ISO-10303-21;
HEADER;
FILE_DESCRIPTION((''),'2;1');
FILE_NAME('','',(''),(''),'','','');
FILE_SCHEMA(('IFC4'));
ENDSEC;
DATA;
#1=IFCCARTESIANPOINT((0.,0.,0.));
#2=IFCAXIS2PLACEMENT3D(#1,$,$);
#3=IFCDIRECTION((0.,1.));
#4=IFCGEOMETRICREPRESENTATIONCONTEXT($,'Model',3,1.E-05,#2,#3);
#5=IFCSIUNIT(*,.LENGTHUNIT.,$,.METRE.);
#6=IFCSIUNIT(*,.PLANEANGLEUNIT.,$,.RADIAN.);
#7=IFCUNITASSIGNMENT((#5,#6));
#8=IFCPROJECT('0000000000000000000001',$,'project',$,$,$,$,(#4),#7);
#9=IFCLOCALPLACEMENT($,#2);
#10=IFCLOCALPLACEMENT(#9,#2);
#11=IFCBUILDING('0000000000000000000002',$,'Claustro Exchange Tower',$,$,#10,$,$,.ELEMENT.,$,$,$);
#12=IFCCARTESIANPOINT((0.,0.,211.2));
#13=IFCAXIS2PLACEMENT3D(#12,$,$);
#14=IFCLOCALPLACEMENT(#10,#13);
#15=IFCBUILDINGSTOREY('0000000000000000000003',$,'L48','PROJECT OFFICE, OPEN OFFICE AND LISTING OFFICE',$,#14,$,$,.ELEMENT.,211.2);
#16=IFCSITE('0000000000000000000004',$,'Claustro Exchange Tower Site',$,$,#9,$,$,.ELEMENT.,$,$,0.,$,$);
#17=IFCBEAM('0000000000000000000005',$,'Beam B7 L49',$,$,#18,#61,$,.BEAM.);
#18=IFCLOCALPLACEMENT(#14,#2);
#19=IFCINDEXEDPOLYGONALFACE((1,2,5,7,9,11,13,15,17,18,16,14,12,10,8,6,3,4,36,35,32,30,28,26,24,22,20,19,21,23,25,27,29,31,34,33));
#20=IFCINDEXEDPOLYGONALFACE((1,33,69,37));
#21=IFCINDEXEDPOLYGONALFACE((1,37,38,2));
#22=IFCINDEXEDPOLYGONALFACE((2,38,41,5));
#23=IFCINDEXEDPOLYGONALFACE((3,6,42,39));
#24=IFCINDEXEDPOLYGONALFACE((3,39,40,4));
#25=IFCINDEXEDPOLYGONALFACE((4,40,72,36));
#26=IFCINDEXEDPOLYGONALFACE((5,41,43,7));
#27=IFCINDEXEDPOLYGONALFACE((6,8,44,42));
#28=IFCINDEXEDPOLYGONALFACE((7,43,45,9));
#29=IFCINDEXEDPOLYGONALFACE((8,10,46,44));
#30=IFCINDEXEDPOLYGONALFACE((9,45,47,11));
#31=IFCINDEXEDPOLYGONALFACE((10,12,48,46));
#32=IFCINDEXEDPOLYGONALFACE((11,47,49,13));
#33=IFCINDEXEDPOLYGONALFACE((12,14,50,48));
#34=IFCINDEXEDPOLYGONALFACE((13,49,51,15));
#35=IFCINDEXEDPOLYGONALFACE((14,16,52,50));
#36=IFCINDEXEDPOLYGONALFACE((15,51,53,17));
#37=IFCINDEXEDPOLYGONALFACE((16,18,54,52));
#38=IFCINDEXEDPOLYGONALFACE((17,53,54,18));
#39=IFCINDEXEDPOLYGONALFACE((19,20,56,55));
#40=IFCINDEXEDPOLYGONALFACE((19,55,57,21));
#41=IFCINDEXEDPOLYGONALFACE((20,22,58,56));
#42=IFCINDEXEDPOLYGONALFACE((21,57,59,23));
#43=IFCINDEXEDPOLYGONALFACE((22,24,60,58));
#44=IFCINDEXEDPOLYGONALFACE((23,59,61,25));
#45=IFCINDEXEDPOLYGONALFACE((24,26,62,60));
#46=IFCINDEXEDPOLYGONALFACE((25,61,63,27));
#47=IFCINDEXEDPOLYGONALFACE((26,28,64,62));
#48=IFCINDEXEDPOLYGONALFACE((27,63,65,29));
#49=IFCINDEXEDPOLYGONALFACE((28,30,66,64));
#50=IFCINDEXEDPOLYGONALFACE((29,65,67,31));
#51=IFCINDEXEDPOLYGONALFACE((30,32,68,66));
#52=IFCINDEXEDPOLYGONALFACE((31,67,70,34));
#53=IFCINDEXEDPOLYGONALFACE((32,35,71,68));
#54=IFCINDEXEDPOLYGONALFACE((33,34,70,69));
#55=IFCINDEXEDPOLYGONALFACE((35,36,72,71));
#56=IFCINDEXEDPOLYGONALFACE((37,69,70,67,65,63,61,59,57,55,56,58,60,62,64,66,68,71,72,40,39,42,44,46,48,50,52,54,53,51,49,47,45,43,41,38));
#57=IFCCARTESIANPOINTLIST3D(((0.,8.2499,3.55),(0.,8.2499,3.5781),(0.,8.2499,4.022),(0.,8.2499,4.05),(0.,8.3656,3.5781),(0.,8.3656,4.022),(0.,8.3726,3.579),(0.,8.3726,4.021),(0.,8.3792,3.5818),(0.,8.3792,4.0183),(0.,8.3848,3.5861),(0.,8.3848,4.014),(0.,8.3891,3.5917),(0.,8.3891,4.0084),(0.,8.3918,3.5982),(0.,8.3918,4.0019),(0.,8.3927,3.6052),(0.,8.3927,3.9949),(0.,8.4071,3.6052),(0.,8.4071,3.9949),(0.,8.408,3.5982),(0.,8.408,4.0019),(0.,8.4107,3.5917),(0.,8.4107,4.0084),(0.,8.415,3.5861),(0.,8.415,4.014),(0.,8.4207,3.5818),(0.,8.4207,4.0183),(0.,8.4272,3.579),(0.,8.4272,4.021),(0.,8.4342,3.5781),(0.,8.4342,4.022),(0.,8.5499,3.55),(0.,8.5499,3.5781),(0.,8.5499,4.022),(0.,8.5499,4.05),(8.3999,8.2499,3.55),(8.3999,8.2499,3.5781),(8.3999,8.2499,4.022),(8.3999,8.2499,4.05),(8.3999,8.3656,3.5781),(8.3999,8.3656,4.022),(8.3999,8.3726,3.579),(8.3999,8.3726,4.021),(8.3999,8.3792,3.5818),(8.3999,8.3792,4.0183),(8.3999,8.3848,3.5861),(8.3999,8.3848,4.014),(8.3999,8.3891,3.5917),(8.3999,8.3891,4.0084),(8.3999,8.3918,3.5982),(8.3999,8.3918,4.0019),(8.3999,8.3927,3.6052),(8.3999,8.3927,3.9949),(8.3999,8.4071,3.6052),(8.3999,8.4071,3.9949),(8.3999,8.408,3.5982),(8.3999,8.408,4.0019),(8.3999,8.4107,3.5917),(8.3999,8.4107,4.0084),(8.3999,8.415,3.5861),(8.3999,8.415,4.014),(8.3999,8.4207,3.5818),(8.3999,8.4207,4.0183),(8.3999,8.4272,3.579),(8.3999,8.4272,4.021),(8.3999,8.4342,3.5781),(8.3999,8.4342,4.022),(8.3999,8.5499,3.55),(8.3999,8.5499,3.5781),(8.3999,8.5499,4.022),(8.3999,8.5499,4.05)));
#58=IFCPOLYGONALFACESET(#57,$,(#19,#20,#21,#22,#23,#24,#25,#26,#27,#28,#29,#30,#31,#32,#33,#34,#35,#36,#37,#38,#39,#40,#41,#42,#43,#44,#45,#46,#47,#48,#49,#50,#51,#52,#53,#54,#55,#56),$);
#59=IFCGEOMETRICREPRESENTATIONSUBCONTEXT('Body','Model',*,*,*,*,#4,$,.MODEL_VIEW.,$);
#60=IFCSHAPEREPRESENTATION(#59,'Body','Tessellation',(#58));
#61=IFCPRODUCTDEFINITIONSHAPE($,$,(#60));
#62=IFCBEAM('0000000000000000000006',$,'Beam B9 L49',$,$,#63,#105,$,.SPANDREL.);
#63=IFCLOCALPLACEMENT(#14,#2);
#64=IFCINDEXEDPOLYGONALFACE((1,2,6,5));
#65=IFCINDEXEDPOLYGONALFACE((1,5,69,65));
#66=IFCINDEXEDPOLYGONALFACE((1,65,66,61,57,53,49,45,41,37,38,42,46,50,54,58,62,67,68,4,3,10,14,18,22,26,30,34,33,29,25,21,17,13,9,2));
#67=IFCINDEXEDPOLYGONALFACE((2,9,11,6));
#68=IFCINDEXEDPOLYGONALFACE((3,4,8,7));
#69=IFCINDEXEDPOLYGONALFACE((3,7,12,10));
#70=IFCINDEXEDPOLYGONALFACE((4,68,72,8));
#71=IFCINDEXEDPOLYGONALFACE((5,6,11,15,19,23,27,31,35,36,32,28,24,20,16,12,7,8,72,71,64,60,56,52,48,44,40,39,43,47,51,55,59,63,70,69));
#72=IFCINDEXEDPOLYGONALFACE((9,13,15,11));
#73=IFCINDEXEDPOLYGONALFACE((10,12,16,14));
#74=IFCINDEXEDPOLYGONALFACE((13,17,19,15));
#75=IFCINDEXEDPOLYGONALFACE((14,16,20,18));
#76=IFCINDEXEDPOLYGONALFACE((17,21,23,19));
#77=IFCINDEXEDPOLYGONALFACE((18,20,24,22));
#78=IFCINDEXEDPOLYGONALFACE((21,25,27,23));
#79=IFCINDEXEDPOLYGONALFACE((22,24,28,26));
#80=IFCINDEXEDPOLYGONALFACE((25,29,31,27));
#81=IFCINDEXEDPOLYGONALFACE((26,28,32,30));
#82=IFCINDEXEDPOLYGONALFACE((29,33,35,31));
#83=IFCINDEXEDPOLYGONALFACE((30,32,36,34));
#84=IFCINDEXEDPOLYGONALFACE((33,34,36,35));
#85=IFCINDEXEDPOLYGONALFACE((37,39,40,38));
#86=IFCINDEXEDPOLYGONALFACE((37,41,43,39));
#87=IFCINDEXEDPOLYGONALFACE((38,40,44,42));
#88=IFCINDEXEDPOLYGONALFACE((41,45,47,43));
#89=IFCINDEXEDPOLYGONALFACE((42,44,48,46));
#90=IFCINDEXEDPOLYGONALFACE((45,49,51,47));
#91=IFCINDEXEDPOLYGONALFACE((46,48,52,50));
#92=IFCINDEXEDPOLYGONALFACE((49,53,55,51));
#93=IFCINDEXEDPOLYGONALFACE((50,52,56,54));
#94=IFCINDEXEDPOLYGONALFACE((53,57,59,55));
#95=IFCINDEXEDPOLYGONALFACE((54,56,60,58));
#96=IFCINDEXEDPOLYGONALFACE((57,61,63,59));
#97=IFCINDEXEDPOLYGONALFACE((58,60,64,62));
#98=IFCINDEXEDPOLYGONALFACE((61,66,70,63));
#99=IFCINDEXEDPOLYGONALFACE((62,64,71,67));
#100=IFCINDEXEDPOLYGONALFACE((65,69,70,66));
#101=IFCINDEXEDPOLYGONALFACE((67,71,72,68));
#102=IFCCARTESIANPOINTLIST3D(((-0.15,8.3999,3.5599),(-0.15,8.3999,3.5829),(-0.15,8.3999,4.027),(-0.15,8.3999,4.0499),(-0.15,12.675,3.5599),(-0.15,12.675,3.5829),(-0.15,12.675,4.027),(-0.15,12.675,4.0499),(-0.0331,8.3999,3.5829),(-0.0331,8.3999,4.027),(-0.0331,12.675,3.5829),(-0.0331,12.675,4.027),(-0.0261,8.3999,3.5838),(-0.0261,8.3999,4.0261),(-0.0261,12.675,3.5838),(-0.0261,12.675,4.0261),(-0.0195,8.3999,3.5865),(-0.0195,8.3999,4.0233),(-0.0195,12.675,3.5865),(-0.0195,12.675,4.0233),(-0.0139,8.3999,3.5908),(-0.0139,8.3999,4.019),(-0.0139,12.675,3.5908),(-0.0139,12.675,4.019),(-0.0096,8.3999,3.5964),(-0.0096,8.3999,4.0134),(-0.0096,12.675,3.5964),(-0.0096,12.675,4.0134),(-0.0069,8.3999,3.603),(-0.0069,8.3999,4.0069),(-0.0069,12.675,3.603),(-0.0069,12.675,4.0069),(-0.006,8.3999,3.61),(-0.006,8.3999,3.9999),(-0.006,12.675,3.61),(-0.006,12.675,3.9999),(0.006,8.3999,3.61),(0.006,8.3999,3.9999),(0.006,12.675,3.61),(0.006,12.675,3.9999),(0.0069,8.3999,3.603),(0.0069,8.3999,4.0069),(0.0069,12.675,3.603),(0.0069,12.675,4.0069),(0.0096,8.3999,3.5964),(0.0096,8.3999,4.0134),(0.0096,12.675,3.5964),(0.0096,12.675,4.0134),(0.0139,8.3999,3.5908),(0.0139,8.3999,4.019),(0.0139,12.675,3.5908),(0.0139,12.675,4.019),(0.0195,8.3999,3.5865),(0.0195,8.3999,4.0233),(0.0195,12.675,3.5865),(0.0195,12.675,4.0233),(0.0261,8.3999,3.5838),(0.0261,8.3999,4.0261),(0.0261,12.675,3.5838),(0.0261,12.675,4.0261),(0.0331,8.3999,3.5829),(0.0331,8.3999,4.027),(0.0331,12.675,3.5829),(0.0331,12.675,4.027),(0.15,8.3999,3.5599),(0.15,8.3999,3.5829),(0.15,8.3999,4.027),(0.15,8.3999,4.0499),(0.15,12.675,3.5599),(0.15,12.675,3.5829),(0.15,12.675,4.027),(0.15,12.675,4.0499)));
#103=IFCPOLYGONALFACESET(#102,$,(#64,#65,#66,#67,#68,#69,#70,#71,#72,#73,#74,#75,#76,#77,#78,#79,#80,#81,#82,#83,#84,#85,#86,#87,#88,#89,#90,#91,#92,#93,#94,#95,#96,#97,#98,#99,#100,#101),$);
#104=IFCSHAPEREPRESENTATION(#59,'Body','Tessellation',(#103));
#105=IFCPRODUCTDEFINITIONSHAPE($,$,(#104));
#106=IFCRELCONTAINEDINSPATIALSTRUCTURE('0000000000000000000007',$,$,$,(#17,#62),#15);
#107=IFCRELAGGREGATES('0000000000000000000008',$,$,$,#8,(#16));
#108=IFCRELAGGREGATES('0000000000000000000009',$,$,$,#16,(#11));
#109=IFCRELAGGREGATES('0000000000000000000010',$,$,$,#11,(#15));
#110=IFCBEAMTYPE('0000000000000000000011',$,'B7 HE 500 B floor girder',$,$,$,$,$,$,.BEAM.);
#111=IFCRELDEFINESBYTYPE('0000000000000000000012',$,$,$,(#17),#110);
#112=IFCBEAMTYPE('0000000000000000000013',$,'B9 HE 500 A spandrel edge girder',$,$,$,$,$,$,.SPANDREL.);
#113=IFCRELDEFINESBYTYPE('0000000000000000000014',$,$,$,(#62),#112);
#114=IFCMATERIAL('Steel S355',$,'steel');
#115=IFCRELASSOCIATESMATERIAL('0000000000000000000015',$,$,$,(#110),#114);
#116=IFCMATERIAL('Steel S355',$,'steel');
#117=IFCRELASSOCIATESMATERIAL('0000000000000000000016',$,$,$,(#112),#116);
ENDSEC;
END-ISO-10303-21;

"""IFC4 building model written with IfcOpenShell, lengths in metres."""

from ifc_helpers import new_model, si_unit, direction, frame, origin, origin_2d, place, context, subcontext, project, spatial, i_section, extrude, material, material_profile, profile_set, type_object, element, save


model = new_model("IFC4")

# Units and contexts
model_context = context("Model", 3, precision=1e-05, world=origin(), true_north=direction((0.0, 1.0)))
body_context = subcontext(model_context, "Body", "Model", "MODEL_VIEW")
ifc_project = project(units=[si_unit("LENGTHUNIT", "METRE"), si_unit("PLANEANGLEUNIT", "RADIAN")], contexts=[model_context])

# Site, building, storey
site_placement = place(None, origin())
site = spatial("IfcSite", under=ifc_project, at=site_placement, Name="Claustro Exchange Tower Site", CompositionType="ELEMENT", RefElevation=0.0)
building_placement = place(site_placement, origin())
building = spatial("IfcBuilding", under=site, at=building_placement, Name="Claustro Exchange Tower", CompositionType="ELEMENT")
storey_placement = place(building_placement, frame((0.0, 0.0, 211.2)))
storey = spatial("IfcBuildingStorey", under=building, at=storey_placement, Name="L48", Description="PROJECT OFFICE, OPEN OFFICE AND LISTING OFFICE", CompositionType="ELEMENT", Elevation=211.2)

# Beams
ifc_material_1 = material(Name="Steel S355", Category="steel")
ifc_material_profile_1 = material_profile(ifc_material_1, i_section(OverallWidth=0.3, OverallDepth=0.5, WebThickness=0.0144, FlangeThickness=0.0281, FilletRadius=0.0271, at=origin_2d()), Name="HE 500 B")
ifc_profile_set_1 = profile_set([ifc_material_profile_1], Name="Steel S355")
beam_type_1 = type_object("IfcBeamType", Name="B7 HE 500 B floor girder", PredefinedType="BEAM", material=ifc_profile_set_1)
beam_1_placement = place(storey_placement, frame((0.0, 8.3999, 3.8), z_axis=(1.0, 0.0, 0.0), x_axis=(0.0, 1.0, 0.0)))
element("IfcBeam", 1, at=beam_1_placement, inside=storey, type_object=beam_type_1, Name="Beam B7 L49", PredefinedType="BEAM", context=body_context, shape_type="SweptSolid", body=[
    extrude(i_section(OverallWidth=0.3, OverallDepth=0.5, WebThickness=0.0144, FlangeThickness=0.0281, FilletRadius=0.0271, at=origin_2d()), origin(), (0.0, 0.0, 1.0), 8.3999),
])
ifc_material_2 = material(Name="Steel S355", Category="steel")
ifc_material_profile_2 = material_profile(ifc_material_2, i_section(OverallWidth=0.3, OverallDepth=0.49, WebThickness=0.012, FlangeThickness=0.0229, FilletRadius=0.0271, at=origin_2d()), Name="HE 500 A")
ifc_profile_set_2 = profile_set([ifc_material_profile_2], Name="Steel S355")
beam_type_2 = type_object("IfcBeamType", Name="B9 HE 500 A spandrel edge girder", PredefinedType="SPANDREL", material=ifc_profile_set_2)
beam_2_placement = place(storey_placement, frame((0.0, 8.3999, 3.8049), z_axis=(0.0, 1.0, 0.0), x_axis=(-1.0, 0.0, 0.0)))
element("IfcBeam", 2, at=beam_2_placement, inside=storey, type_object=beam_type_2, Name="Beam B9 L49", PredefinedType="SPANDREL", context=body_context, shape_type="SweptSolid", body=[
    extrude(i_section(OverallWidth=0.3, OverallDepth=0.49, WebThickness=0.012, FlangeThickness=0.0229, FilletRadius=0.0271, at=origin_2d()), origin(), (0.0, 0.0, 1.0), 4.2751),
])

save(model, "model.ifc")
